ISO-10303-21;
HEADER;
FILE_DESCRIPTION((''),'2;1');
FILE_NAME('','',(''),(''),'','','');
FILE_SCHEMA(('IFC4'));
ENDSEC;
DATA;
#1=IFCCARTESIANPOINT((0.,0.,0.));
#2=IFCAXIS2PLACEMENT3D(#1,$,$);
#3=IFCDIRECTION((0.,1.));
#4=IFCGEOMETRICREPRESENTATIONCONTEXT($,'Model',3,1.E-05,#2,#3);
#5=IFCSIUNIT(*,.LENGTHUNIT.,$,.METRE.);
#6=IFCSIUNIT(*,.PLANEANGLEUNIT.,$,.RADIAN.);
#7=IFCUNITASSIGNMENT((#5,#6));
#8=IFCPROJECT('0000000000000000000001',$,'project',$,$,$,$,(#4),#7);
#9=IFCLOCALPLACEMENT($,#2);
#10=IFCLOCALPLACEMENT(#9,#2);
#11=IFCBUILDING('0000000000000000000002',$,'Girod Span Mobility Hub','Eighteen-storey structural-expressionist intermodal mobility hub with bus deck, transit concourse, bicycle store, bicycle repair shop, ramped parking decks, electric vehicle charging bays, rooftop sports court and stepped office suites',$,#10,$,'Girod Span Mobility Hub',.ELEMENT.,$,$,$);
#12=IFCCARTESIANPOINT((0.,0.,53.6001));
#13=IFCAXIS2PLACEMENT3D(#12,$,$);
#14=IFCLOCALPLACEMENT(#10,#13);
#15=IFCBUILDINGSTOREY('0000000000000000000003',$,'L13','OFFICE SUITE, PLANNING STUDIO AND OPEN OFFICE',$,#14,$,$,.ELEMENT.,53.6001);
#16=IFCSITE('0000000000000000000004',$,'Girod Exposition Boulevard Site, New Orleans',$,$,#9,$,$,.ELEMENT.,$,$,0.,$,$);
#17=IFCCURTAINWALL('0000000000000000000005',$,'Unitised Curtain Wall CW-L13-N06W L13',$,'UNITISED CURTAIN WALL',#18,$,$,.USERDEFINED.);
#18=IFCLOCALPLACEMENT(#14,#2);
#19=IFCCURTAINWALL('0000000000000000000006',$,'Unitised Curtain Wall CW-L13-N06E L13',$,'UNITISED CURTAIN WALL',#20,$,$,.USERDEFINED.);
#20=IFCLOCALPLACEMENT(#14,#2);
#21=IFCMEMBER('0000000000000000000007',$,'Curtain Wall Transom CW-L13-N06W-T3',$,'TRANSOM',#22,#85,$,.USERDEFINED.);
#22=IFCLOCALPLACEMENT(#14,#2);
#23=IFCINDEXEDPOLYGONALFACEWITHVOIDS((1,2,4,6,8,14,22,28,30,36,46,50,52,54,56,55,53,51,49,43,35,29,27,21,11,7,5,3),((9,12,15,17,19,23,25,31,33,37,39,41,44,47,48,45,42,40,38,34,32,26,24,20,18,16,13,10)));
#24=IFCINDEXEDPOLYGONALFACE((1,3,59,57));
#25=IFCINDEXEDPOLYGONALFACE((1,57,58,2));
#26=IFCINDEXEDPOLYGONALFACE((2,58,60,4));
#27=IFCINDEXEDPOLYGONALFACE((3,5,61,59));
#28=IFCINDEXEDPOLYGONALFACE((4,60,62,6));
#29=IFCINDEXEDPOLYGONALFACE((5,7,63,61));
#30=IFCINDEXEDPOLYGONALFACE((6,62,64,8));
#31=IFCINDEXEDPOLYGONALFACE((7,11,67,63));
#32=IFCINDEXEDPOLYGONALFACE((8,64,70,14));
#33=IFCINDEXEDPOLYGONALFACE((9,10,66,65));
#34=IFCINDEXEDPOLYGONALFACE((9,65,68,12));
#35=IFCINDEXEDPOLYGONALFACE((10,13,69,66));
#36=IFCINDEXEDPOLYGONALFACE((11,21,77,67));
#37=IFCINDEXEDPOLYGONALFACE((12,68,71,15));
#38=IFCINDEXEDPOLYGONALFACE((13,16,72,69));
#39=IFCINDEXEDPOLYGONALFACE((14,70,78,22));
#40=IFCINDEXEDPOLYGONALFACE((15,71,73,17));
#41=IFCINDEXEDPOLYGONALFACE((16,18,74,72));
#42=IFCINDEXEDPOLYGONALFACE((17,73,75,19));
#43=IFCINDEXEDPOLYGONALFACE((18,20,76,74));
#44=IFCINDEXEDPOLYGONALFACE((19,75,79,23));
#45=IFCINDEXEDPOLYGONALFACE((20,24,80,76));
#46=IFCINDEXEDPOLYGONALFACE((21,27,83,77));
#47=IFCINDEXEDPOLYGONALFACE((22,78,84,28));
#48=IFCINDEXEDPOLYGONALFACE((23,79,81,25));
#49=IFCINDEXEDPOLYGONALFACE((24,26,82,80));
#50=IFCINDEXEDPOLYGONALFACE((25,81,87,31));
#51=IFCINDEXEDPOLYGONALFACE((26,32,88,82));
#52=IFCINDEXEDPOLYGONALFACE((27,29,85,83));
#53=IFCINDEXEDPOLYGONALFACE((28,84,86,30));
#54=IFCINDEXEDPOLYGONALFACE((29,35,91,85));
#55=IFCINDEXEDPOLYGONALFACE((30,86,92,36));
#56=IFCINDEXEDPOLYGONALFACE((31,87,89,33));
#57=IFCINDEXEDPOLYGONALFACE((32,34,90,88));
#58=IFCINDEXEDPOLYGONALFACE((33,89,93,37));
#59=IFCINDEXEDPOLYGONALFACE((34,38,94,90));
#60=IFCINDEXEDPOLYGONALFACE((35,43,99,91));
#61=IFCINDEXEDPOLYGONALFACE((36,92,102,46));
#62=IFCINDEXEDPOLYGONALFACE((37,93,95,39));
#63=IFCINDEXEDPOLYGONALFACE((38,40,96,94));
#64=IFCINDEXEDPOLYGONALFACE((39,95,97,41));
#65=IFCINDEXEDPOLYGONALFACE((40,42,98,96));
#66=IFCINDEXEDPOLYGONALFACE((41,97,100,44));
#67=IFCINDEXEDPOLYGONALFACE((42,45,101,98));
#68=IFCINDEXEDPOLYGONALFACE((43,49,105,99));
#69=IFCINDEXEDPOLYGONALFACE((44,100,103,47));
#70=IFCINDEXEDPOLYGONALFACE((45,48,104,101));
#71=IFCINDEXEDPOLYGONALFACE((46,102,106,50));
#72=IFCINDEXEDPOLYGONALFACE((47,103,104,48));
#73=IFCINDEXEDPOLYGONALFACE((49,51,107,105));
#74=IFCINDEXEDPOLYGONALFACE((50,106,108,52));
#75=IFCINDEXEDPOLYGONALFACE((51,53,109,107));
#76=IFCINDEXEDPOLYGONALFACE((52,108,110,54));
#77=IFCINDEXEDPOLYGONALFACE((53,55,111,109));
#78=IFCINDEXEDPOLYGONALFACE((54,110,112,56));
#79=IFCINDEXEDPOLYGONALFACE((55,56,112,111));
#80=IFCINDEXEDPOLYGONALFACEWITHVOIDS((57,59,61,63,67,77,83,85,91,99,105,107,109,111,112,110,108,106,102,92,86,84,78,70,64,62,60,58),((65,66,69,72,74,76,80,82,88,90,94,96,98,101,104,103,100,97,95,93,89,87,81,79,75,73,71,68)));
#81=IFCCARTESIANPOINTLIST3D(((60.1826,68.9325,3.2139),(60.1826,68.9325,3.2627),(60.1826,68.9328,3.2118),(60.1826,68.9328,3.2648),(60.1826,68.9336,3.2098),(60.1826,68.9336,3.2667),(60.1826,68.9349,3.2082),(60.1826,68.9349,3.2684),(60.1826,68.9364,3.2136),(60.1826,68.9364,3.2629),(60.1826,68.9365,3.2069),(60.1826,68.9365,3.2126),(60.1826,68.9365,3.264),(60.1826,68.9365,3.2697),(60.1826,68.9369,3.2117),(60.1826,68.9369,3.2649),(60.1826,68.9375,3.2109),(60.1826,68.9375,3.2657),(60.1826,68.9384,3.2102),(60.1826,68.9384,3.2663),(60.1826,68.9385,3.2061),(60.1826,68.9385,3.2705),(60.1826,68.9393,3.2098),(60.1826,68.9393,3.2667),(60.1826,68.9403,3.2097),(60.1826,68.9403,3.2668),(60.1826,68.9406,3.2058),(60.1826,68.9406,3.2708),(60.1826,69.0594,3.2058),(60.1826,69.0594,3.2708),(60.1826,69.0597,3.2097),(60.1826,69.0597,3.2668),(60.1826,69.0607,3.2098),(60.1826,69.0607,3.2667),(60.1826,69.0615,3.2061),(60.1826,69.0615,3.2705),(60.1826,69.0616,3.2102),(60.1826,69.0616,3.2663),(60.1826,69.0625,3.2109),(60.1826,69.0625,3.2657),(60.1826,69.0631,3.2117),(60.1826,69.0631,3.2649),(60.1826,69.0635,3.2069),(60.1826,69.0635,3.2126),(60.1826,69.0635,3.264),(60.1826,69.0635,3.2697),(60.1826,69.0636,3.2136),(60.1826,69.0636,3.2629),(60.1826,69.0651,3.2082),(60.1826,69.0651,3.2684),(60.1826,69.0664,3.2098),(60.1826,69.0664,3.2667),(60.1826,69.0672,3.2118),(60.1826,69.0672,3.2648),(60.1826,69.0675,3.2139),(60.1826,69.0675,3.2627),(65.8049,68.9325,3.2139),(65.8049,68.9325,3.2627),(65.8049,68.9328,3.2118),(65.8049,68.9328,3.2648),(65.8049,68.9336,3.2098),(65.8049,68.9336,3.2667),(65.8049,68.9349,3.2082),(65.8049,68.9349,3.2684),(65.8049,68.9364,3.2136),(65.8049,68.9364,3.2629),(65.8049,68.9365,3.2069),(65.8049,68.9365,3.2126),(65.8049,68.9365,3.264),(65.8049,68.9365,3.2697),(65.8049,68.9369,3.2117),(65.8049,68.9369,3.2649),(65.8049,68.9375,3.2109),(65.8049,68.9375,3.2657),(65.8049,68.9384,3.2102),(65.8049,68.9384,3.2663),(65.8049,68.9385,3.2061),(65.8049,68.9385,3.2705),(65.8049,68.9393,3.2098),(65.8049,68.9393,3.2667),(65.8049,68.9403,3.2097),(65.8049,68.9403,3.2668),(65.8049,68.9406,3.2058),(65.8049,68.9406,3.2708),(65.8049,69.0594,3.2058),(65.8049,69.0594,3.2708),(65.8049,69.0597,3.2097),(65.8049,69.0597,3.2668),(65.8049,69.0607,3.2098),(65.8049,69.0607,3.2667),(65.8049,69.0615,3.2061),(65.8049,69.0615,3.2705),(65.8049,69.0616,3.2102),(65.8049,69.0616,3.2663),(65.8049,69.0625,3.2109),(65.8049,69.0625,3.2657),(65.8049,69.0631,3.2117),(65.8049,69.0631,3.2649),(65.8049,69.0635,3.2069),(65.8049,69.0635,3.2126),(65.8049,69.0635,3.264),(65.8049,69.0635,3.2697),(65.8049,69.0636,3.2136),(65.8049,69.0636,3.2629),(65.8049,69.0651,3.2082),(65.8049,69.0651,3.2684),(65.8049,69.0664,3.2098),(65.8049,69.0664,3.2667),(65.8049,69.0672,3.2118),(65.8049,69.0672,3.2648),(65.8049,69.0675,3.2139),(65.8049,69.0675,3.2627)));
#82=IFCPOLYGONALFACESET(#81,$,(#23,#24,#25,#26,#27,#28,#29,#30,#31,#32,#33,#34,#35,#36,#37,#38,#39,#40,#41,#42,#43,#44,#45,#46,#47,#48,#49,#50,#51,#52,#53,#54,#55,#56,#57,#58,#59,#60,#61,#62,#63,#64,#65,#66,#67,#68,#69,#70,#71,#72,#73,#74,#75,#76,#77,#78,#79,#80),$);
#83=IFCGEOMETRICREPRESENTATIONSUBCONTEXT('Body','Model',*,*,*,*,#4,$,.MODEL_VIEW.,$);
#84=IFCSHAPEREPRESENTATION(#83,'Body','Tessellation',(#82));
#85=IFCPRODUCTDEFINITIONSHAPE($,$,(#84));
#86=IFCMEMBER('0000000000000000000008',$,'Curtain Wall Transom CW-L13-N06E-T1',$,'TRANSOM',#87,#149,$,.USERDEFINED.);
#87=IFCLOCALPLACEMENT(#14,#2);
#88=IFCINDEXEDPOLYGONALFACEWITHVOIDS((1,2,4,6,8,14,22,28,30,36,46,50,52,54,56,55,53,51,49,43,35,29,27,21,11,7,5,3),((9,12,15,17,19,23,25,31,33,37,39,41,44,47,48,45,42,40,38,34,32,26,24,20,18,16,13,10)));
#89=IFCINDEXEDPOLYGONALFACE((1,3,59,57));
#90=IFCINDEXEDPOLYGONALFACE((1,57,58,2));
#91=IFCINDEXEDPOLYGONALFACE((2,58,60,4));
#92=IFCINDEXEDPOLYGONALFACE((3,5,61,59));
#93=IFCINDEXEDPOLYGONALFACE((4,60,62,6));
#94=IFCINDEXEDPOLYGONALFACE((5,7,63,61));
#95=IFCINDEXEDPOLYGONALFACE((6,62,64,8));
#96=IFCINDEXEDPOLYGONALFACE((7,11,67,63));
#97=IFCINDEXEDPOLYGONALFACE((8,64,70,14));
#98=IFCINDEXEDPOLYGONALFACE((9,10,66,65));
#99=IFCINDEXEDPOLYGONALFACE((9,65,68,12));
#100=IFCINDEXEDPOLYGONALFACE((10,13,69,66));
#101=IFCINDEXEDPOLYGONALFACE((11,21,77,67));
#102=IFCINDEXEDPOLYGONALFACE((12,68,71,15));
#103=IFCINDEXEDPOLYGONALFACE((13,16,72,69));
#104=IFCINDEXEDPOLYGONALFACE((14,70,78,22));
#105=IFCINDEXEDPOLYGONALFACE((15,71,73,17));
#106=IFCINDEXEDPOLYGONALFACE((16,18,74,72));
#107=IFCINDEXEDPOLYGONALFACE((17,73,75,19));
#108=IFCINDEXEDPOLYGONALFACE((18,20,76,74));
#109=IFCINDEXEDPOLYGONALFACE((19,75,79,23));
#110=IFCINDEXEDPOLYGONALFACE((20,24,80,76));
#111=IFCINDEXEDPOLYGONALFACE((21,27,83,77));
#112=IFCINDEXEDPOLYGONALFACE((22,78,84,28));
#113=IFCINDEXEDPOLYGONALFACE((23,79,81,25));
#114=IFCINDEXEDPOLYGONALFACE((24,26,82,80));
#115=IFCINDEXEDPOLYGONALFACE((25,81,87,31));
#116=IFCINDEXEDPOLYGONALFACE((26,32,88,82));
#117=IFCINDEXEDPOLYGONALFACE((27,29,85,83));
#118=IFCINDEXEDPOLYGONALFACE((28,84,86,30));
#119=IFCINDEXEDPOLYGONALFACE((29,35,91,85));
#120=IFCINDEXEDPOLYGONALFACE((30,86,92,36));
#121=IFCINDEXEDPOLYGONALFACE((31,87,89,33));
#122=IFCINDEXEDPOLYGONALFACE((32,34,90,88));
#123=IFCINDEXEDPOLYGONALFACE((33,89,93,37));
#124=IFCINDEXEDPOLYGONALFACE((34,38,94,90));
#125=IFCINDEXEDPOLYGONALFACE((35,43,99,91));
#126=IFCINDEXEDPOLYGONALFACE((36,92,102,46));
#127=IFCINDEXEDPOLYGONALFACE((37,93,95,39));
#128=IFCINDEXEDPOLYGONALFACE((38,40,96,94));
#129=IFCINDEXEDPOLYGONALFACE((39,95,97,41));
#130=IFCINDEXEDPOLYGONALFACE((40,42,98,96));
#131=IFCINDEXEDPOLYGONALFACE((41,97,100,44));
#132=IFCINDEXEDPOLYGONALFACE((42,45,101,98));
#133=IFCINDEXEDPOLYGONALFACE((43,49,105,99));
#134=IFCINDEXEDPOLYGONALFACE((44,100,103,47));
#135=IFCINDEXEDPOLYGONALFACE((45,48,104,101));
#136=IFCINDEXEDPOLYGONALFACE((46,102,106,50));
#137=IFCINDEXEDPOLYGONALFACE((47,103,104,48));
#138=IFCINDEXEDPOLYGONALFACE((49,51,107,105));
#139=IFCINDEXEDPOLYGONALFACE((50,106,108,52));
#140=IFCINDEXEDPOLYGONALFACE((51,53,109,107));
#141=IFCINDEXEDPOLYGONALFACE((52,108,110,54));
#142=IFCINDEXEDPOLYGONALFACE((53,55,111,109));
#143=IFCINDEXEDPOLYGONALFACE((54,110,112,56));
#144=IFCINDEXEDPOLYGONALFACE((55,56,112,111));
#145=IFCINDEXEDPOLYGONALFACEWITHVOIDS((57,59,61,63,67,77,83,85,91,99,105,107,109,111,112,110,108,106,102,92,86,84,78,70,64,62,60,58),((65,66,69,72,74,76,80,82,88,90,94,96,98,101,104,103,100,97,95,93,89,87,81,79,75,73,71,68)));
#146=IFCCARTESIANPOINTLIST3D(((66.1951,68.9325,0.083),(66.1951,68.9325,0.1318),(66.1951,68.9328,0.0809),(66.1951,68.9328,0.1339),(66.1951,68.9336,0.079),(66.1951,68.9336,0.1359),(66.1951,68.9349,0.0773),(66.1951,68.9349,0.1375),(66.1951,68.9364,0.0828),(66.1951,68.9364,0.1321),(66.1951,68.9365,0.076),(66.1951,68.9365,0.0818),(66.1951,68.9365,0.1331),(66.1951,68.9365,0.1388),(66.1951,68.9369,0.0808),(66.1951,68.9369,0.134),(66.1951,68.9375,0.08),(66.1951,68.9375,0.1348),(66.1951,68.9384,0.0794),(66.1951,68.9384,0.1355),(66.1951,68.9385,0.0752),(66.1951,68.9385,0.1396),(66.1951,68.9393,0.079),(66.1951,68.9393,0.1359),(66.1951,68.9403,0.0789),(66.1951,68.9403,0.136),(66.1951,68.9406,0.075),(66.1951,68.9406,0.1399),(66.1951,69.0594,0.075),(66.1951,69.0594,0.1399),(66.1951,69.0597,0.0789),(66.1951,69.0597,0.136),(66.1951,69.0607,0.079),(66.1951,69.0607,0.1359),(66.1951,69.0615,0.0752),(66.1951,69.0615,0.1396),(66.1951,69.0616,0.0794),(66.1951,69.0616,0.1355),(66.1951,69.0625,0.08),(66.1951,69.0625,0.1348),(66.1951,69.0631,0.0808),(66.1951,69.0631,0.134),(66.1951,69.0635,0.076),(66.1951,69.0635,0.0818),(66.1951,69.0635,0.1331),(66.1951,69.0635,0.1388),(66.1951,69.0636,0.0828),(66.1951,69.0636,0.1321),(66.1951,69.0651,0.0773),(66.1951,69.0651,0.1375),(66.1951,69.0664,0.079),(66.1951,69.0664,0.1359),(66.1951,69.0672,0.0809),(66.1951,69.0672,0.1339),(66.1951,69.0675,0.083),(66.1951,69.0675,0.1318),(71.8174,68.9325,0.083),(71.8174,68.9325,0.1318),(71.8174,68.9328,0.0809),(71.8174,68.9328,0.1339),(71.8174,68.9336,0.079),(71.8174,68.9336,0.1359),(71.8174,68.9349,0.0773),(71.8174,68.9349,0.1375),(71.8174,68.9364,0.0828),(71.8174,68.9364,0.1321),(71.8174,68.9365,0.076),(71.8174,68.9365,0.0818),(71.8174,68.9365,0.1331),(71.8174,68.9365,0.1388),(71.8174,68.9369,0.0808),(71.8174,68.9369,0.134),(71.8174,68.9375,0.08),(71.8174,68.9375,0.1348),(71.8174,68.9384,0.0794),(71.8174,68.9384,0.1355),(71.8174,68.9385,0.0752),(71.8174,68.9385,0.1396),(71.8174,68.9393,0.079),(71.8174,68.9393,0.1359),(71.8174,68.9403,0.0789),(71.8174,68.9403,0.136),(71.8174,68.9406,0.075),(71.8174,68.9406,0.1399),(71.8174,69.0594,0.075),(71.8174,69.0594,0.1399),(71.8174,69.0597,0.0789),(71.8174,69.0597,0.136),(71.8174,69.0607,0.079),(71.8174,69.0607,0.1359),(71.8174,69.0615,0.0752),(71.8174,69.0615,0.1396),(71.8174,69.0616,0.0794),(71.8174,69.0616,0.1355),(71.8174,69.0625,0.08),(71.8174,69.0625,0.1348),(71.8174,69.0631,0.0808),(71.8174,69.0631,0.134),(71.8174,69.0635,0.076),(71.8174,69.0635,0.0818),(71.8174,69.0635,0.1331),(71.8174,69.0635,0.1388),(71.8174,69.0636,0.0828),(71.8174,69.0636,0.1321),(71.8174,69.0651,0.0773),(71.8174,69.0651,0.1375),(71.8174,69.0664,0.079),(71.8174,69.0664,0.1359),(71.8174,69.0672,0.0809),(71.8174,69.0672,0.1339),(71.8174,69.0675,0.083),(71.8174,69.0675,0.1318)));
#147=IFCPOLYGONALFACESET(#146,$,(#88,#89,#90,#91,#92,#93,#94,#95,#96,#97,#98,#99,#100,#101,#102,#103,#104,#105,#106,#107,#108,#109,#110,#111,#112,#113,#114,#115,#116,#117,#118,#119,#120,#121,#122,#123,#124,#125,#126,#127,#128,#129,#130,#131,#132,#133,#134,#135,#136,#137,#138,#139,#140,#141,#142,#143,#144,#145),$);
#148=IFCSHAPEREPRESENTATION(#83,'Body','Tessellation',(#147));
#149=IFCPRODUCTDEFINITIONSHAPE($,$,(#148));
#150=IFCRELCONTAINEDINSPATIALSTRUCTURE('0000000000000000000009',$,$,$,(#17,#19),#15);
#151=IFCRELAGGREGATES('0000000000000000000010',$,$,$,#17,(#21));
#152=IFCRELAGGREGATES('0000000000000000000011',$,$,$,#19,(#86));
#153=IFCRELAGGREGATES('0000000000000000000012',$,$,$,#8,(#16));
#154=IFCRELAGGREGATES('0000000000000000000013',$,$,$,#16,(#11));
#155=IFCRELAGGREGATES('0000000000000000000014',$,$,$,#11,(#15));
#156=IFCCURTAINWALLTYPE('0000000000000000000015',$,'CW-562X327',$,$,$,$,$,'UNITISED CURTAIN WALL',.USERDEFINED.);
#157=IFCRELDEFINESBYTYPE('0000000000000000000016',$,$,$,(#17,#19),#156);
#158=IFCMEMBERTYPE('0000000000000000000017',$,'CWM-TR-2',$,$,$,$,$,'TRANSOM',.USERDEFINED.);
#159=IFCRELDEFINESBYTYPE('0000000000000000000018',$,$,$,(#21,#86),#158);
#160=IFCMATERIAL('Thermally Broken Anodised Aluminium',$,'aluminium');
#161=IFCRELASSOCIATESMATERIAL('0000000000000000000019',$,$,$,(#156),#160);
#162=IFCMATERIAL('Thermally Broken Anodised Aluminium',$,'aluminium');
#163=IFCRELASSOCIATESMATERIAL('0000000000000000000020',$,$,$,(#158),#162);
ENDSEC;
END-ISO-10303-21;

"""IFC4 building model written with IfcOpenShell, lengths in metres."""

from ifc_helpers import new_model, si_unit, direction, frame, origin, origin_2d, place, context, subcontext, project, spatial, hollow_rectangle, extrude, material, material_profile, profile_set, type_object, element, aggregate, save


model = new_model("IFC4")

# Units and contexts
model_context = context("Model", 3, precision=1e-05, world=origin(), true_north=direction((0.0, 1.0)))
body_context = subcontext(model_context, "Body", "Model", "MODEL_VIEW")
ifc_project = project(units=[si_unit("LENGTHUNIT", "METRE"), si_unit("PLANEANGLEUNIT", "RADIAN")], contexts=[model_context])

# Site, building, storey
site_placement = place(None, origin())
site = spatial("IfcSite", under=ifc_project, at=site_placement, Name="Girod Exposition Boulevard Site, New Orleans", CompositionType="ELEMENT", RefElevation=0.0)
building_placement = place(site_placement, origin())
building = spatial("IfcBuilding", under=site, at=building_placement, Name="Girod Span Mobility Hub", Description="Eighteen-storey structural-expressionist intermodal mobility hub with bus deck, transit concourse, bicycle store, bicycle repair shop, ramped parking decks, electric vehicle charging bays, rooftop sports court and stepped office suites", LongName="Girod Span Mobility Hub", CompositionType="ELEMENT")
storey_placement = place(building_placement, frame((0.0, 0.0, 53.6001)))
storey = spatial("IfcBuildingStorey", under=building, at=storey_placement, Name="L13", Description="OFFICE SUITE, PLANNING STUDIO AND OPEN OFFICE", CompositionType="ELEMENT", Elevation=53.6001)

# Curtain walls
ifc_material_1 = material(Name="Thermally Broken Anodised Aluminium", Category="aluminium")
curtain_wall_type = type_object("IfcCurtainWallType", Name="CW-562X327", ElementType="UNITISED CURTAIN WALL", PredefinedType="USERDEFINED", material=ifc_material_1)
curtain_wall_1_placement = place(storey_placement, origin())
curtain_wall_1 = element("IfcCurtainWall", 1, at=curtain_wall_1_placement, inside=storey, type_object=curtain_wall_type, Name="Unitised Curtain Wall CW-L13-N06W L13", ObjectType="UNITISED CURTAIN WALL", PredefinedType="USERDEFINED")
curtain_wall_2_placement = place(storey_placement, origin())
curtain_wall_2 = element("IfcCurtainWall", 2, at=curtain_wall_2_placement, inside=storey, type_object=curtain_wall_type, Name="Unitised Curtain Wall CW-L13-N06E L13", ObjectType="UNITISED CURTAIN WALL", PredefinedType="USERDEFINED")

# Members
ifc_material_2 = material(Name="Thermally Broken Anodised Aluminium", Category="aluminium")
ifc_material_profile_1 = material_profile(ifc_material_2, hollow_rectangle(XDim=0.135, YDim=0.0649, WallThickness=0.0039, InnerFilletRadius=0.0039, OuterFilletRadius=0.0081, at=origin_2d()), Name="CW-TR-65X135")
ifc_profile_set_1 = profile_set([ifc_material_profile_1], Name="Thermally Broken Anodised Aluminium")
member_type_1 = type_object("IfcMemberType", Name="CWM-TR-2", ElementType="TRANSOM", PredefinedType="USERDEFINED", material=ifc_profile_set_1)
member_1_placement = place(storey_placement, frame((60.1826, 69.0, 3.2383), z_axis=(1.0, 0.0, 0.0), x_axis=(0.0, 1.0, 0.0)))
member_1 = element("IfcMember", 3, at=member_1_placement, type_object=member_type_1, Name="Curtain Wall Transom CW-L13-N06W-T3", ObjectType="TRANSOM", PredefinedType="USERDEFINED", context=body_context, shape_type="SweptSolid", body=[
    extrude(hollow_rectangle(XDim=0.135, YDim=0.0649, WallThickness=0.0039, InnerFilletRadius=0.0039, OuterFilletRadius=0.0081, at=origin_2d()), origin(), (0.0, 0.0, 1.0), 5.6223),
])
member_2_placement = place(storey_placement, frame((66.1951, 69.0, 0.1074), z_axis=(1.0, 0.0, 0.0), x_axis=(0.0, 1.0, 0.0)))
member_2 = element("IfcMember", 4, at=member_2_placement, type_object=member_type_1, Name="Curtain Wall Transom CW-L13-N06E-T1", ObjectType="TRANSOM", PredefinedType="USERDEFINED", context=body_context, shape_type="SweptSolid", body=[
    extrude(hollow_rectangle(XDim=0.135, YDim=0.0649, WallThickness=0.0039, InnerFilletRadius=0.0039, OuterFilletRadius=0.0081, at=origin_2d()), origin(), (0.0, 0.0, 1.0), 5.6223),
])

aggregate(curtain_wall_1, [member_1])
aggregate(curtain_wall_2, [member_2])

save(model, "model.ifc")
